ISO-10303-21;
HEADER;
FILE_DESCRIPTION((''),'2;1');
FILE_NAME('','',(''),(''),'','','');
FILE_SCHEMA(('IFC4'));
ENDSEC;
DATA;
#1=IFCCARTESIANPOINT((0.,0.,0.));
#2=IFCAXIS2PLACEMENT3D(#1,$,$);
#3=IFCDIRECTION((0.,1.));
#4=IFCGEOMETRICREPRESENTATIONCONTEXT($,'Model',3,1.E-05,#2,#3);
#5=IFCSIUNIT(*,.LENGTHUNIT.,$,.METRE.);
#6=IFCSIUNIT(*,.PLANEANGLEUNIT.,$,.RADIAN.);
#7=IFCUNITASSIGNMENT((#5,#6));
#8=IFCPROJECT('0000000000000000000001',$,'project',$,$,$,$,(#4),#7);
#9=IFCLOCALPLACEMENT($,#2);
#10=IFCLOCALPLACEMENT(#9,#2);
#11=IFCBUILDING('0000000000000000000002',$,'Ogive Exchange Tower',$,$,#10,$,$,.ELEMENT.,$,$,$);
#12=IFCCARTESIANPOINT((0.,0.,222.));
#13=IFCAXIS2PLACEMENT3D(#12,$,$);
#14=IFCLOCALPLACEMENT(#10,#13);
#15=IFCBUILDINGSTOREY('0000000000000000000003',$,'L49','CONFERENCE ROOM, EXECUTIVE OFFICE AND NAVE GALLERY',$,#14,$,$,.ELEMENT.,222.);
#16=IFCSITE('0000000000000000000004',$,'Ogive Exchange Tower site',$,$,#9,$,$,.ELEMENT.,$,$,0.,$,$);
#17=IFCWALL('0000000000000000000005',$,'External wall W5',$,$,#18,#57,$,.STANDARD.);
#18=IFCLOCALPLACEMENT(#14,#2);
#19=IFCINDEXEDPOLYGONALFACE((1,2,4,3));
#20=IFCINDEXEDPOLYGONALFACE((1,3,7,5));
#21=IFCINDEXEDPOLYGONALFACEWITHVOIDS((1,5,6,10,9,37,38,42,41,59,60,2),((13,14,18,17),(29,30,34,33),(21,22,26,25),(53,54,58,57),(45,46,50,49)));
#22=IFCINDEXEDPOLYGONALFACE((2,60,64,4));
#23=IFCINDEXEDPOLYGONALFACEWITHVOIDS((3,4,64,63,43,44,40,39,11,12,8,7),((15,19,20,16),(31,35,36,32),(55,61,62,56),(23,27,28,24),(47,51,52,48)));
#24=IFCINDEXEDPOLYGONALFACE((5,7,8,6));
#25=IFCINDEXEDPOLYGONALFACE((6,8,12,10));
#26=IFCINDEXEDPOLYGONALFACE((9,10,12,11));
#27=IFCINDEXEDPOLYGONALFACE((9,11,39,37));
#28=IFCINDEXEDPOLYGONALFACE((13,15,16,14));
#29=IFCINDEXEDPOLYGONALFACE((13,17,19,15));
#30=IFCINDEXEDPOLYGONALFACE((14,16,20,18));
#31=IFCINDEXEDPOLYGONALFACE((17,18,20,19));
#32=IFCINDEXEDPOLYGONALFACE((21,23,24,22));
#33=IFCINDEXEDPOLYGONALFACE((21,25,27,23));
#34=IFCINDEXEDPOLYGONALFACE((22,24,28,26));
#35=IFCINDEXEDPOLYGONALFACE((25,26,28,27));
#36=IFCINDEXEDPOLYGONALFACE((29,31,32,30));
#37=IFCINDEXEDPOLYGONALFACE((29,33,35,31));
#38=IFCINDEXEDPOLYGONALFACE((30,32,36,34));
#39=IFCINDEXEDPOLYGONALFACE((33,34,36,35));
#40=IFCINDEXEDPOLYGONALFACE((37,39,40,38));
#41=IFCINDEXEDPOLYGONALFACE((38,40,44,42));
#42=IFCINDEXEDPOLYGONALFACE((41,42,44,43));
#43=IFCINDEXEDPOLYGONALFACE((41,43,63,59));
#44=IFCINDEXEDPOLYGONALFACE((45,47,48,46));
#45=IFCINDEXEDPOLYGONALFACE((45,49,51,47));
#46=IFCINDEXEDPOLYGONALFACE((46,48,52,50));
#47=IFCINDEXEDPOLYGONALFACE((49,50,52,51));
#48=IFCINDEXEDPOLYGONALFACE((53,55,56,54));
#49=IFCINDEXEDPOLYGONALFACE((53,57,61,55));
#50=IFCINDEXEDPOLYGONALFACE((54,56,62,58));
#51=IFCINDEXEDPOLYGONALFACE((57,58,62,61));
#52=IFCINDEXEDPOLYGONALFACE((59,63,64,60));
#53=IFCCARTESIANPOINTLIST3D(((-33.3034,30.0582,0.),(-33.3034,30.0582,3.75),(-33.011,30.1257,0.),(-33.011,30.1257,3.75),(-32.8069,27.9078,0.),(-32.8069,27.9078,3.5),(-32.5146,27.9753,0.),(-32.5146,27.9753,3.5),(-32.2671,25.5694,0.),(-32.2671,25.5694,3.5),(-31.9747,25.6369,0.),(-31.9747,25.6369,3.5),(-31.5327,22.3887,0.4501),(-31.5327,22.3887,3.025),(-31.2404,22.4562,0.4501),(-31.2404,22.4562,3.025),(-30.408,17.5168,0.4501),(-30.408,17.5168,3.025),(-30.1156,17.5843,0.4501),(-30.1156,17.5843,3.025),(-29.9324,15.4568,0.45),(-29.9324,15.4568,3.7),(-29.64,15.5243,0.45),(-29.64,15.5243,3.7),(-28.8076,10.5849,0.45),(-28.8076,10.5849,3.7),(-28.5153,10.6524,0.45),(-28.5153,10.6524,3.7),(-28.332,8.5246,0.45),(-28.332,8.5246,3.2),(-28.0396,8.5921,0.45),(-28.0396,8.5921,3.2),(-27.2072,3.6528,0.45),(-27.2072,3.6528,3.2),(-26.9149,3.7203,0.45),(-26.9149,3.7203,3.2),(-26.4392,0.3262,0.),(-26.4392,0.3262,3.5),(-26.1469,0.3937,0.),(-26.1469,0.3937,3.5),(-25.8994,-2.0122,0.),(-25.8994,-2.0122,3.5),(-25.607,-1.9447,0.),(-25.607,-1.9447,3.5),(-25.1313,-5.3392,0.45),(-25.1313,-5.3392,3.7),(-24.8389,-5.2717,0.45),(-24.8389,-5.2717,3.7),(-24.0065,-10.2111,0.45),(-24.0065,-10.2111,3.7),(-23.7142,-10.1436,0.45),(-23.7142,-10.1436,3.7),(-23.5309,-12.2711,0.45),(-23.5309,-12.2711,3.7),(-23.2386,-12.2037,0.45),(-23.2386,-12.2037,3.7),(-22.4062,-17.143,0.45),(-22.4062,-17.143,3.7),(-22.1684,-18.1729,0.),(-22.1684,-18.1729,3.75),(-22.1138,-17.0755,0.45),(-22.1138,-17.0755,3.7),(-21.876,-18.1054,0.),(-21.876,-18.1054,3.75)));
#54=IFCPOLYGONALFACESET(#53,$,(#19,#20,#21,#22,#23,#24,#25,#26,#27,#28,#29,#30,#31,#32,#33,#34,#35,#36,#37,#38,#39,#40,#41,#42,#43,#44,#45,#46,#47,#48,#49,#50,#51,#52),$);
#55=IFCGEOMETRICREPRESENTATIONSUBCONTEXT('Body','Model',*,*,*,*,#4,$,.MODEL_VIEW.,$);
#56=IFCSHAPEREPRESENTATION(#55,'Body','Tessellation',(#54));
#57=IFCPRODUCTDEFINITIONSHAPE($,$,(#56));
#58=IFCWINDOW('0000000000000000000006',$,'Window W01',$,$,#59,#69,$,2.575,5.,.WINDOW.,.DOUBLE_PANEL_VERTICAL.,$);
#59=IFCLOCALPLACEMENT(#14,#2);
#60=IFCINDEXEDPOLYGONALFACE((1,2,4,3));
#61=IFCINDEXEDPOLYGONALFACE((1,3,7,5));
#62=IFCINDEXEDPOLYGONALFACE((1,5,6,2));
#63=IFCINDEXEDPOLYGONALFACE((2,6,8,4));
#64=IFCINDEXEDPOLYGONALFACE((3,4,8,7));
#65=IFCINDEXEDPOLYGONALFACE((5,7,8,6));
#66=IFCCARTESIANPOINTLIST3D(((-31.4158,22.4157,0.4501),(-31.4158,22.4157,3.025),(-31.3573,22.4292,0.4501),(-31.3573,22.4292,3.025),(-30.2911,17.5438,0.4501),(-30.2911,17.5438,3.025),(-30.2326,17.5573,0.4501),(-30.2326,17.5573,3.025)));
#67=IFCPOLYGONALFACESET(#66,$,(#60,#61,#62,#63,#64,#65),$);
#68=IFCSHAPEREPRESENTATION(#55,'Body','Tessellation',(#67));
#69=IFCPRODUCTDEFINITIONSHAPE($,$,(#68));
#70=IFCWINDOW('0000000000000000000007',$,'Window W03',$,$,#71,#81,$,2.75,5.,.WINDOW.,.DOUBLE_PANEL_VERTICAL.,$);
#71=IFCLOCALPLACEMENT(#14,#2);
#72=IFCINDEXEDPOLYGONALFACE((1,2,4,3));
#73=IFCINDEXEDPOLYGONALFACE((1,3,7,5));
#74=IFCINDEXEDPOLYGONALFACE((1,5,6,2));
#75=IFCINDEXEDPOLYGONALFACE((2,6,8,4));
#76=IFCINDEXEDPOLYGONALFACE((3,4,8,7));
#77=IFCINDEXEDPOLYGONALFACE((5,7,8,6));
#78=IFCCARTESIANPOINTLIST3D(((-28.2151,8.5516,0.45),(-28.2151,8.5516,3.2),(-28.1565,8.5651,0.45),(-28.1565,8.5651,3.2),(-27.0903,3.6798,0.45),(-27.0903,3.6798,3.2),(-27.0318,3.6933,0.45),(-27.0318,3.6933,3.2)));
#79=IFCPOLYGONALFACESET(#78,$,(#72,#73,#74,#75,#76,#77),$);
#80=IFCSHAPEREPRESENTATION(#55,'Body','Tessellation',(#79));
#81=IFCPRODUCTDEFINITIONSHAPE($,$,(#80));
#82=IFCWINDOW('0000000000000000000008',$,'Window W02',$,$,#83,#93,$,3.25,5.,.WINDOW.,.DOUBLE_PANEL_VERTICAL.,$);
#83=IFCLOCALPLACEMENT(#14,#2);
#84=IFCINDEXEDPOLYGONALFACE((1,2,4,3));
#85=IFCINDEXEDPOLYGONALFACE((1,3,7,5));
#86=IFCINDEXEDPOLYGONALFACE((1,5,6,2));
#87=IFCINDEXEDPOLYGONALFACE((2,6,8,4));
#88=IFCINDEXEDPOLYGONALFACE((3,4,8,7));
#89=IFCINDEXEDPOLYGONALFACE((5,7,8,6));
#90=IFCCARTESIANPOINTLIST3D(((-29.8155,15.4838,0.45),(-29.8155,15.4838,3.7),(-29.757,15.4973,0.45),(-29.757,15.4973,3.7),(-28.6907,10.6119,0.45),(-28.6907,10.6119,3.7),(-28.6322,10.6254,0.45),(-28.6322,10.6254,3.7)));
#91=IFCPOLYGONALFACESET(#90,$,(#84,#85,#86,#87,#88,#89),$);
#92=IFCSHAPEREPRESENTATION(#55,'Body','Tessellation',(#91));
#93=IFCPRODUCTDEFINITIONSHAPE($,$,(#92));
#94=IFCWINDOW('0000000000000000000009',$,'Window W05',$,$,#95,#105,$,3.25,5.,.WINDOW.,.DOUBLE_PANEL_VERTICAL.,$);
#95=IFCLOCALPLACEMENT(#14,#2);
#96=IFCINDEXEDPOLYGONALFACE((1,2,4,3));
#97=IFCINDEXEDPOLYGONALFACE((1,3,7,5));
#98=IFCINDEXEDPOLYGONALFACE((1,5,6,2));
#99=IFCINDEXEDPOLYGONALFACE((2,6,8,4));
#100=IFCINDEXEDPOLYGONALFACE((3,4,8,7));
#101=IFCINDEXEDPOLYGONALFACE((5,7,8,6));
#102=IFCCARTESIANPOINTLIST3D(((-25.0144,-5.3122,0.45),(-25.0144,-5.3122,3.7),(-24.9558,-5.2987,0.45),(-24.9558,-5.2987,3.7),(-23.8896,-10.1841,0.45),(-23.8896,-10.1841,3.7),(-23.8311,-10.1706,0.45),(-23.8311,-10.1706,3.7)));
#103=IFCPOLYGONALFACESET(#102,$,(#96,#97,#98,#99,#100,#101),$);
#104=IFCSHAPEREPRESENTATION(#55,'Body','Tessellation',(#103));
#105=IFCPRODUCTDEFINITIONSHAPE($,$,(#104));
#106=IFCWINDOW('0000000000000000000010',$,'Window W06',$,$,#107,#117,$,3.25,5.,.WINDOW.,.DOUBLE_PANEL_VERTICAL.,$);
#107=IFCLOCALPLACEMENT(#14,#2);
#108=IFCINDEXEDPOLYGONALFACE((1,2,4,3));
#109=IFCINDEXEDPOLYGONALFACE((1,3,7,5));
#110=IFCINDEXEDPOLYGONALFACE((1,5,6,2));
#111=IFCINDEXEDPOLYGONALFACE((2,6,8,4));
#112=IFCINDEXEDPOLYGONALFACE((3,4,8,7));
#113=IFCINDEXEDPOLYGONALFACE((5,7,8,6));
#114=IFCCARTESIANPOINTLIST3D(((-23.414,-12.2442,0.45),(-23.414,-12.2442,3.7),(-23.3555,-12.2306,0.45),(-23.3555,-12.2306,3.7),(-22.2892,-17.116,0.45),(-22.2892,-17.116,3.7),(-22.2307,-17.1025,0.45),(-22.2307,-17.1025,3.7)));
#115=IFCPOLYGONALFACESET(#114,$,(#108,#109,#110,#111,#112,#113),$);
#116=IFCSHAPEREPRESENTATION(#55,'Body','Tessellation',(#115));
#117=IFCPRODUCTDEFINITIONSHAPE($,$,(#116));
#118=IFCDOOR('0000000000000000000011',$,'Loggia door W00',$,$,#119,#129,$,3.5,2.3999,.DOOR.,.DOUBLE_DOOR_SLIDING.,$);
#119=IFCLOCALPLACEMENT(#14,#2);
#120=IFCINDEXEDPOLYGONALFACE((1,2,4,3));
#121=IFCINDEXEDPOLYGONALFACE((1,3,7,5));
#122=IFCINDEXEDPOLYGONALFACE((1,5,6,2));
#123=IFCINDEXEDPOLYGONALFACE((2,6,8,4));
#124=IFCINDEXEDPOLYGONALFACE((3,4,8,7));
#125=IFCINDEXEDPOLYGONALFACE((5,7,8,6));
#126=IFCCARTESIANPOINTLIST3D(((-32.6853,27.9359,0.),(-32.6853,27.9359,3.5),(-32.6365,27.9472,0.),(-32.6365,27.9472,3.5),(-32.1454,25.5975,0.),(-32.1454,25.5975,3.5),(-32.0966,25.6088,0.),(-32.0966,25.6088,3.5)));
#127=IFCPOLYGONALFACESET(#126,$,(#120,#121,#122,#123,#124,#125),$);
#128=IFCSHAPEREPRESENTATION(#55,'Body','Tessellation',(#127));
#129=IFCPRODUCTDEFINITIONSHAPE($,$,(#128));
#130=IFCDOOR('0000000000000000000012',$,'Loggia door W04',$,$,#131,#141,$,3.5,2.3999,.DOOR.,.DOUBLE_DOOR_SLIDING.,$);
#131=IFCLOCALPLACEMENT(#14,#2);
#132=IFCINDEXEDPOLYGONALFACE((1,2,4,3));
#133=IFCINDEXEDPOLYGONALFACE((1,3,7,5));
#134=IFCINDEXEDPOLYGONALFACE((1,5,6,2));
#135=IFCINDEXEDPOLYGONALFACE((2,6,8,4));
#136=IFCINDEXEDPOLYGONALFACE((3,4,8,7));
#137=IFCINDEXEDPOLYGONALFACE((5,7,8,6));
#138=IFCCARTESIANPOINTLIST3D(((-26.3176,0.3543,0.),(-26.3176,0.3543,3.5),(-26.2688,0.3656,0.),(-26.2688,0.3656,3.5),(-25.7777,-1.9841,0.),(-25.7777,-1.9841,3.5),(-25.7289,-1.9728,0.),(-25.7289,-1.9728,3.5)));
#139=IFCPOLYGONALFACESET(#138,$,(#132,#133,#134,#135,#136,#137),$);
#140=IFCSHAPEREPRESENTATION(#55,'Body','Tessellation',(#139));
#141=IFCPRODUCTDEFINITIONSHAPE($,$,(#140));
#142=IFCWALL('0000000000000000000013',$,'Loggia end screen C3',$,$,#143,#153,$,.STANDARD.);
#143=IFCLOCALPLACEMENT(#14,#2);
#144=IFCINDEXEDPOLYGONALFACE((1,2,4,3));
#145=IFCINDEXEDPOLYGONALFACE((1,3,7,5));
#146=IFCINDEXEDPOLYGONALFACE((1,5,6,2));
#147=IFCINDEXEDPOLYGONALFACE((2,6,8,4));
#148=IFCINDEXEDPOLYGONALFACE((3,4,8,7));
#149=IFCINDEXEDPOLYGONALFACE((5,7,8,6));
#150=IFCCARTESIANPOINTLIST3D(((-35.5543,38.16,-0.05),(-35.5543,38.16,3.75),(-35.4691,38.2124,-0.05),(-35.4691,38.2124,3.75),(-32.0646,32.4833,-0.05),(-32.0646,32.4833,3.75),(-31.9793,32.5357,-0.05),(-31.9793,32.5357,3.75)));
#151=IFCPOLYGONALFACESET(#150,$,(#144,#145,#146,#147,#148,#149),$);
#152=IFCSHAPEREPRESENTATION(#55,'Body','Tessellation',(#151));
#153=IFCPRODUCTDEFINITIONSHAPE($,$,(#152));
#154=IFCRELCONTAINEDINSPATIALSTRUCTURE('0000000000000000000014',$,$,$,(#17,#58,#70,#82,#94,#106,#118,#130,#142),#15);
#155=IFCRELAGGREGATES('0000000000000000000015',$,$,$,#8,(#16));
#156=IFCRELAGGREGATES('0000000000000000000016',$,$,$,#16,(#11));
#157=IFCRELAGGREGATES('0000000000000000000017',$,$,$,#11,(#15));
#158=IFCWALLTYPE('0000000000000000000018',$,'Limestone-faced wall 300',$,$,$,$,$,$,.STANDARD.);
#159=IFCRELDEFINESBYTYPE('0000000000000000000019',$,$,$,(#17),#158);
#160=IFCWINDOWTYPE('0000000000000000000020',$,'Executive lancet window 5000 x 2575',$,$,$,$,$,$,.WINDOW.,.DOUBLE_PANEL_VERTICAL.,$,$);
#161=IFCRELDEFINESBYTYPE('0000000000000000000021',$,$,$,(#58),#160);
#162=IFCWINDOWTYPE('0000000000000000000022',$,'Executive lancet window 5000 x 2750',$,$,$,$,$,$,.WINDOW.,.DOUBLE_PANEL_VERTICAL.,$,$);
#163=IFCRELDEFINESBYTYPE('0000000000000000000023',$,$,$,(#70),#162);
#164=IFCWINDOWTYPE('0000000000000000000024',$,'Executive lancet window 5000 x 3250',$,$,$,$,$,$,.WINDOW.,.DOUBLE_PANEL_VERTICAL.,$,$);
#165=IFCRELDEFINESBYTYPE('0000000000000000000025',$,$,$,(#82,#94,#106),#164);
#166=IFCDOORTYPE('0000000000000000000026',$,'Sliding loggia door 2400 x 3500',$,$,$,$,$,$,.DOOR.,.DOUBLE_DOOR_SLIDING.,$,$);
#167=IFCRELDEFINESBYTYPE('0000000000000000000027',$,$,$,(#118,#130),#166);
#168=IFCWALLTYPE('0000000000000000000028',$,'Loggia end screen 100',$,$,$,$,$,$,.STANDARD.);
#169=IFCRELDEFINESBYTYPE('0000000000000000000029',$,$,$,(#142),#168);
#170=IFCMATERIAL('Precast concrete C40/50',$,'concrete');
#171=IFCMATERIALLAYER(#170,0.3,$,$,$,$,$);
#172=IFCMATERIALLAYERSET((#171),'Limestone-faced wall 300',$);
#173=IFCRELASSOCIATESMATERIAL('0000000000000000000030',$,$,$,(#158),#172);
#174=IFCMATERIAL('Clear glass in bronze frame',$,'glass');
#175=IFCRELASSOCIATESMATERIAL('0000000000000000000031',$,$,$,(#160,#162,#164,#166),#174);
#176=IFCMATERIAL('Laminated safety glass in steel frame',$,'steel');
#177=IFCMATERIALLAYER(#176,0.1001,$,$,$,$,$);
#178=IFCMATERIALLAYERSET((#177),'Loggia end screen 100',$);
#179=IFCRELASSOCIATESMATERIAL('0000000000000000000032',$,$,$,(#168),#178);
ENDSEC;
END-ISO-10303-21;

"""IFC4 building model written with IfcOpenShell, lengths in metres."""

from ifc_helpers import new_model, si_unit, direction, frame, frame_2d, origin, place, context, subcontext, project, spatial, rectangle, extrude, material, layer, layer_set, type_object, element, fill, save


model = new_model("IFC4")

# Units and contexts
model_context = context("Model", 3, precision=1e-05, world=origin(), true_north=direction((0.0, 1.0)))
body_context = subcontext(model_context, "Body", "Model", "MODEL_VIEW")
ifc_project = project(units=[si_unit("LENGTHUNIT", "METRE"), si_unit("PLANEANGLEUNIT", "RADIAN")], contexts=[model_context])

# Site, building, storey
site_placement = place(None, origin())
site = spatial("IfcSite", under=ifc_project, at=site_placement, Name="Ogive Exchange Tower site", CompositionType="ELEMENT", RefElevation=0.0)
building_placement = place(site_placement, origin())
building = spatial("IfcBuilding", under=site, at=building_placement, Name="Ogive Exchange Tower", CompositionType="ELEMENT")
storey_placement = place(building_placement, frame((0.0, 0.0, 222.0)))
storey = spatial("IfcBuildingStorey", under=building, at=storey_placement, Name="L49", Description="CONFERENCE ROOM, EXECUTIVE OFFICE AND NAVE GALLERY", CompositionType="ELEMENT", Elevation=222.0)

# Wall, openings, windows, doors
ifc_material_1 = material(Name="Precast concrete C40/50", Category="concrete")
ifc_layer_1 = layer(ifc_material_1, 0.3)
ifc_layer_set_1 = layer_set([ifc_layer_1], Name="Limestone-faced wall 300")
wall_type_1 = type_object("IfcWallType", Name="Limestone-faced wall 300", PredefinedType="STANDARD", material=ifc_layer_set_1)
wall_1_placement = place(storey_placement, frame((-33.1572, 30.092, 0.0), z_axis=(0.0, 0.0, 1.0), x_axis=(0.22495, -0.97437, 0.0)))
wall_1 = element("IfcWall", 1, at=wall_1_placement, inside=storey, type_object=wall_type_1, Name="External wall W5", PredefinedType="STANDARD", context=body_context, shape_type="SweptSolid", body=[
    extrude(rectangle(XDim=49.4998, YDim=0.3, at=frame_2d((24.75, 0.0))), origin(), (0.0, 0.0, 1.0), 3.75),
])
opening_1_placement = place(wall_1_placement, frame((2.207, 0.0, 0.0)))
opening_1 = element("IfcOpeningElement", 2, at=opening_1_placement, cuts=wall_1, PredefinedType="OPENING", context=body_context, shape_type="SweptSolid", body=[
    extrude(rectangle(XDim=2.3999, YDim=3.5, at=frame_2d((1.2, 1.75))), frame((0.0, 0.1599, 0.0), z_axis=(0.0, -1.0, 0.0), x_axis=(1.0, 0.0, 0.0)), (0.0, 0.0, 1.0), 0.3201),
])
opening_2_placement = place(wall_1_placement, frame((7.8713, 0.0, 0.45)))
opening_2 = element("IfcOpeningElement", 3, at=opening_2_placement, cuts=wall_1, PredefinedType="OPENING", context=body_context, shape_type="SweptSolid", body=[
    extrude(rectangle(XDim=5.0, YDim=2.575, at=frame_2d((2.5, 1.2876))), frame((0.0, 0.1599, 0.0), z_axis=(0.0, -1.0, 0.0), x_axis=(1.0, 0.0, 0.0)), (0.0, 0.0, 1.0), 0.3201),
])
opening_3_placement = place(wall_1_placement, frame((14.9856, 0.0, 0.45)))
opening_3 = element("IfcOpeningElement", 4, at=opening_3_placement, cuts=wall_1, PredefinedType="OPENING", context=body_context, shape_type="SweptSolid", body=[
    extrude(rectangle(XDim=5.0, YDim=3.25, at=frame_2d((2.5, 1.625))), frame((0.0, 0.1599, 0.0), z_axis=(0.0, -1.0, 0.0), x_axis=(1.0, 0.0, 0.0)), (0.0, 0.0, 1.0), 0.3201),
])
opening_4_placement = place(wall_1_placement, frame((22.1001, 0.0, 0.45)))
opening_4 = element("IfcOpeningElement", 5, at=opening_4_placement, cuts=wall_1, PredefinedType="OPENING", context=body_context, shape_type="SweptSolid", body=[
    extrude(rectangle(XDim=5.0, YDim=2.75, at=frame_2d((2.5, 1.375))), frame((0.0, 0.1599, 0.0), z_axis=(0.0, -1.0, 0.0), x_axis=(1.0, 0.0, 0.0)), (0.0, 0.0, 1.0), 0.3201),
])
opening_5_placement = place(wall_1_placement, frame((30.5142, 0.0, 0.0)))
opening_5 = element("IfcOpeningElement", 6, at=opening_5_placement, cuts=wall_1, PredefinedType="OPENING", context=body_context, shape_type="SweptSolid", body=[
    extrude(rectangle(XDim=2.3999, YDim=3.5, at=frame_2d((1.2, 1.75))), frame((0.0, 0.1599, 0.0), z_axis=(0.0, -1.0, 0.0), x_axis=(1.0, 0.0, 0.0)), (0.0, 0.0, 1.0), 0.3201),
])
opening_6_placement = place(wall_1_placement, frame((36.3286, 0.0, 0.45)))
opening_6 = element("IfcOpeningElement", 7, at=opening_6_placement, cuts=wall_1, PredefinedType="OPENING", context=body_context, shape_type="SweptSolid", body=[
    extrude(rectangle(XDim=5.0, YDim=3.25, at=frame_2d((2.5, 1.625))), frame((0.0, 0.1599, 0.0), z_axis=(0.0, -1.0, 0.0), x_axis=(1.0, 0.0, 0.0)), (0.0, 0.0, 1.0), 0.3201),
])
opening_7_placement = place(wall_1_placement, frame((43.4429, 0.0, 0.45)))
opening_7 = element("IfcOpeningElement", 8, at=opening_7_placement, cuts=wall_1, PredefinedType="OPENING", context=body_context, shape_type="SweptSolid", body=[
    extrude(rectangle(XDim=5.0, YDim=3.25, at=frame_2d((2.5, 1.625))), frame((0.0, 0.1599, 0.0), z_axis=(0.0, -1.0, 0.0), x_axis=(1.0, 0.0, 0.0)), (0.0, 0.0, 1.0), 0.3201),
])
ifc_material_2 = material(Name="Clear glass in bronze frame", Category="glass")
window_type_1 = type_object("IfcWindowType", Name="Executive lancet window 5000 x 2575", PartitioningType="DOUBLE_PANEL_VERTICAL", PredefinedType="WINDOW", material=ifc_material_2)
window_1_placement = place(opening_2_placement, origin())
window_1 = element("IfcWindow", 9, at=window_1_placement, inside=storey, type_object=window_type_1, Name="Window W01", OverallHeight=2.575, OverallWidth=5.0, PartitioningType="DOUBLE_PANEL_VERTICAL", PredefinedType="WINDOW", context=body_context, shape_type="SweptSolid", body=[
    extrude(rectangle(XDim=5.0, YDim=2.575, at=frame_2d((2.5, 1.2876))), frame((0.0, 0.03, 0.0), z_axis=(0.0, -1.0, 0.0), x_axis=(1.0, 0.0, 0.0)), (0.0, 0.0, 1.0), 0.0601),
])
fill(opening_2, window_1)
window_type_2 = type_object("IfcWindowType", Name="Executive lancet window 5000 x 2750", PartitioningType="DOUBLE_PANEL_VERTICAL", PredefinedType="WINDOW", material=ifc_material_2)
window_2_placement = place(opening_4_placement, origin())
window_2 = element("IfcWindow", 10, at=window_2_placement, inside=storey, type_object=window_type_2, Name="Window W03", OverallHeight=2.75, OverallWidth=5.0, PartitioningType="DOUBLE_PANEL_VERTICAL", PredefinedType="WINDOW", context=body_context, shape_type="SweptSolid", body=[
    extrude(rectangle(XDim=5.0, YDim=2.75, at=frame_2d((2.5, 1.375))), frame((0.0, 0.03, 0.0), z_axis=(0.0, -1.0, 0.0), x_axis=(1.0, 0.0, 0.0)), (0.0, 0.0, 1.0), 0.0601),
])
fill(opening_4, window_2)
window_type_3 = type_object("IfcWindowType", Name="Executive lancet window 5000 x 3250", PartitioningType="DOUBLE_PANEL_VERTICAL", PredefinedType="WINDOW", material=ifc_material_2)
window_3_placement = place(opening_3_placement, origin())
window_3 = element("IfcWindow", 11, at=window_3_placement, inside=storey, type_object=window_type_3, Name="Window W02", OverallHeight=3.25, OverallWidth=5.0, PartitioningType="DOUBLE_PANEL_VERTICAL", PredefinedType="WINDOW", context=body_context, shape_type="SweptSolid", body=[
    extrude(rectangle(XDim=5.0, YDim=3.25, at=frame_2d((2.5, 1.625))), frame((0.0, 0.03, 0.0), z_axis=(0.0, -1.0, 0.0), x_axis=(1.0, 0.0, 0.0)), (0.0, 0.0, 1.0), 0.0601),
])
fill(opening_3, window_3)
window_4_placement = place(opening_6_placement, origin())
window_4 = element("IfcWindow", 12, at=window_4_placement, inside=storey, type_object=window_type_3, Name="Window W05", OverallHeight=3.25, OverallWidth=5.0, PartitioningType="DOUBLE_PANEL_VERTICAL", PredefinedType="WINDOW", context=body_context, shape_type="SweptSolid", body=[
    extrude(rectangle(XDim=5.0, YDim=3.25, at=frame_2d((2.5, 1.625))), frame((0.0, 0.03, 0.0), z_axis=(0.0, -1.0, 0.0), x_axis=(1.0, 0.0, 0.0)), (0.0, 0.0, 1.0), 0.0601),
])
fill(opening_6, window_4)
window_5_placement = place(opening_7_placement, origin())
window_5 = element("IfcWindow", 13, at=window_5_placement, inside=storey, type_object=window_type_3, Name="Window W06", OverallHeight=3.25, OverallWidth=5.0, PartitioningType="DOUBLE_PANEL_VERTICAL", PredefinedType="WINDOW", context=body_context, shape_type="SweptSolid", body=[
    extrude(rectangle(XDim=5.0, YDim=3.25, at=frame_2d((2.5, 1.625))), frame((0.0, 0.03, 0.0), z_axis=(0.0, -1.0, 0.0), x_axis=(1.0, 0.0, 0.0)), (0.0, 0.0, 1.0), 0.0601),
])
fill(opening_7, window_5)
door_type_1 = type_object("IfcDoorType", Name="Sliding loggia door 2400 x 3500", OperationType="DOUBLE_DOOR_SLIDING", PredefinedType="DOOR", material=ifc_material_2)
door_1_placement = place(opening_1_placement, origin())
door_1 = element("IfcDoor", 14, at=door_1_placement, inside=storey, type_object=door_type_1, Name="Loggia door W00", OperationType="DOUBLE_DOOR_SLIDING", OverallHeight=3.5, OverallWidth=2.3999, PredefinedType="DOOR", context=body_context, shape_type="SweptSolid", body=[
    extrude(rectangle(XDim=2.3999, YDim=3.5, at=frame_2d((1.2, 1.75))), frame((0.0, 0.0249, 0.0), z_axis=(0.0, -1.0, 0.0), x_axis=(1.0, 0.0, 0.0)), (0.0, 0.0, 1.0), 0.05),
])
fill(opening_1, door_1)
door_2_placement = place(opening_5_placement, origin())
door_2 = element("IfcDoor", 15, at=door_2_placement, inside=storey, type_object=door_type_1, Name="Loggia door W04", OperationType="DOUBLE_DOOR_SLIDING", OverallHeight=3.5, OverallWidth=2.3999, PredefinedType="DOOR", context=body_context, shape_type="SweptSolid", body=[
    extrude(rectangle(XDim=2.3999, YDim=3.5, at=frame_2d((1.2, 1.75))), frame((0.0, 0.0249, 0.0), z_axis=(0.0, -1.0, 0.0), x_axis=(1.0, 0.0, 0.0)), (0.0, 0.0, 1.0), 0.05),
])
fill(opening_5, door_2)

# Wall
ifc_material_3 = material(Name="Laminated safety glass in steel frame", Category="steel")
ifc_layer_2 = layer(ifc_material_3, 0.1001)
ifc_layer_set_2 = layer_set([ifc_layer_2], Name="Loggia end screen 100")
wall_type_2 = type_object("IfcWallType", Name="Loggia end screen 100", PredefinedType="STANDARD", material=ifc_layer_set_2)
wall_2_placement = place(storey_placement, frame((-32.022, 32.5095, -0.05), z_axis=(0.0, 0.0, 1.0), x_axis=(-0.523701, 0.851902, 0.0)))
element("IfcWall", 16, at=wall_2_placement, inside=storey, type_object=wall_type_2, Name="Loggia end screen C3", PredefinedType="STANDARD", context=body_context, shape_type="SweptSolid", body=[
    extrude(rectangle(XDim=6.6636, YDim=0.1001, at=frame_2d((3.3318, 0.0))), origin(), (0.0, 0.0, 1.0), 3.8),
])

save(model, "model.ifc")
